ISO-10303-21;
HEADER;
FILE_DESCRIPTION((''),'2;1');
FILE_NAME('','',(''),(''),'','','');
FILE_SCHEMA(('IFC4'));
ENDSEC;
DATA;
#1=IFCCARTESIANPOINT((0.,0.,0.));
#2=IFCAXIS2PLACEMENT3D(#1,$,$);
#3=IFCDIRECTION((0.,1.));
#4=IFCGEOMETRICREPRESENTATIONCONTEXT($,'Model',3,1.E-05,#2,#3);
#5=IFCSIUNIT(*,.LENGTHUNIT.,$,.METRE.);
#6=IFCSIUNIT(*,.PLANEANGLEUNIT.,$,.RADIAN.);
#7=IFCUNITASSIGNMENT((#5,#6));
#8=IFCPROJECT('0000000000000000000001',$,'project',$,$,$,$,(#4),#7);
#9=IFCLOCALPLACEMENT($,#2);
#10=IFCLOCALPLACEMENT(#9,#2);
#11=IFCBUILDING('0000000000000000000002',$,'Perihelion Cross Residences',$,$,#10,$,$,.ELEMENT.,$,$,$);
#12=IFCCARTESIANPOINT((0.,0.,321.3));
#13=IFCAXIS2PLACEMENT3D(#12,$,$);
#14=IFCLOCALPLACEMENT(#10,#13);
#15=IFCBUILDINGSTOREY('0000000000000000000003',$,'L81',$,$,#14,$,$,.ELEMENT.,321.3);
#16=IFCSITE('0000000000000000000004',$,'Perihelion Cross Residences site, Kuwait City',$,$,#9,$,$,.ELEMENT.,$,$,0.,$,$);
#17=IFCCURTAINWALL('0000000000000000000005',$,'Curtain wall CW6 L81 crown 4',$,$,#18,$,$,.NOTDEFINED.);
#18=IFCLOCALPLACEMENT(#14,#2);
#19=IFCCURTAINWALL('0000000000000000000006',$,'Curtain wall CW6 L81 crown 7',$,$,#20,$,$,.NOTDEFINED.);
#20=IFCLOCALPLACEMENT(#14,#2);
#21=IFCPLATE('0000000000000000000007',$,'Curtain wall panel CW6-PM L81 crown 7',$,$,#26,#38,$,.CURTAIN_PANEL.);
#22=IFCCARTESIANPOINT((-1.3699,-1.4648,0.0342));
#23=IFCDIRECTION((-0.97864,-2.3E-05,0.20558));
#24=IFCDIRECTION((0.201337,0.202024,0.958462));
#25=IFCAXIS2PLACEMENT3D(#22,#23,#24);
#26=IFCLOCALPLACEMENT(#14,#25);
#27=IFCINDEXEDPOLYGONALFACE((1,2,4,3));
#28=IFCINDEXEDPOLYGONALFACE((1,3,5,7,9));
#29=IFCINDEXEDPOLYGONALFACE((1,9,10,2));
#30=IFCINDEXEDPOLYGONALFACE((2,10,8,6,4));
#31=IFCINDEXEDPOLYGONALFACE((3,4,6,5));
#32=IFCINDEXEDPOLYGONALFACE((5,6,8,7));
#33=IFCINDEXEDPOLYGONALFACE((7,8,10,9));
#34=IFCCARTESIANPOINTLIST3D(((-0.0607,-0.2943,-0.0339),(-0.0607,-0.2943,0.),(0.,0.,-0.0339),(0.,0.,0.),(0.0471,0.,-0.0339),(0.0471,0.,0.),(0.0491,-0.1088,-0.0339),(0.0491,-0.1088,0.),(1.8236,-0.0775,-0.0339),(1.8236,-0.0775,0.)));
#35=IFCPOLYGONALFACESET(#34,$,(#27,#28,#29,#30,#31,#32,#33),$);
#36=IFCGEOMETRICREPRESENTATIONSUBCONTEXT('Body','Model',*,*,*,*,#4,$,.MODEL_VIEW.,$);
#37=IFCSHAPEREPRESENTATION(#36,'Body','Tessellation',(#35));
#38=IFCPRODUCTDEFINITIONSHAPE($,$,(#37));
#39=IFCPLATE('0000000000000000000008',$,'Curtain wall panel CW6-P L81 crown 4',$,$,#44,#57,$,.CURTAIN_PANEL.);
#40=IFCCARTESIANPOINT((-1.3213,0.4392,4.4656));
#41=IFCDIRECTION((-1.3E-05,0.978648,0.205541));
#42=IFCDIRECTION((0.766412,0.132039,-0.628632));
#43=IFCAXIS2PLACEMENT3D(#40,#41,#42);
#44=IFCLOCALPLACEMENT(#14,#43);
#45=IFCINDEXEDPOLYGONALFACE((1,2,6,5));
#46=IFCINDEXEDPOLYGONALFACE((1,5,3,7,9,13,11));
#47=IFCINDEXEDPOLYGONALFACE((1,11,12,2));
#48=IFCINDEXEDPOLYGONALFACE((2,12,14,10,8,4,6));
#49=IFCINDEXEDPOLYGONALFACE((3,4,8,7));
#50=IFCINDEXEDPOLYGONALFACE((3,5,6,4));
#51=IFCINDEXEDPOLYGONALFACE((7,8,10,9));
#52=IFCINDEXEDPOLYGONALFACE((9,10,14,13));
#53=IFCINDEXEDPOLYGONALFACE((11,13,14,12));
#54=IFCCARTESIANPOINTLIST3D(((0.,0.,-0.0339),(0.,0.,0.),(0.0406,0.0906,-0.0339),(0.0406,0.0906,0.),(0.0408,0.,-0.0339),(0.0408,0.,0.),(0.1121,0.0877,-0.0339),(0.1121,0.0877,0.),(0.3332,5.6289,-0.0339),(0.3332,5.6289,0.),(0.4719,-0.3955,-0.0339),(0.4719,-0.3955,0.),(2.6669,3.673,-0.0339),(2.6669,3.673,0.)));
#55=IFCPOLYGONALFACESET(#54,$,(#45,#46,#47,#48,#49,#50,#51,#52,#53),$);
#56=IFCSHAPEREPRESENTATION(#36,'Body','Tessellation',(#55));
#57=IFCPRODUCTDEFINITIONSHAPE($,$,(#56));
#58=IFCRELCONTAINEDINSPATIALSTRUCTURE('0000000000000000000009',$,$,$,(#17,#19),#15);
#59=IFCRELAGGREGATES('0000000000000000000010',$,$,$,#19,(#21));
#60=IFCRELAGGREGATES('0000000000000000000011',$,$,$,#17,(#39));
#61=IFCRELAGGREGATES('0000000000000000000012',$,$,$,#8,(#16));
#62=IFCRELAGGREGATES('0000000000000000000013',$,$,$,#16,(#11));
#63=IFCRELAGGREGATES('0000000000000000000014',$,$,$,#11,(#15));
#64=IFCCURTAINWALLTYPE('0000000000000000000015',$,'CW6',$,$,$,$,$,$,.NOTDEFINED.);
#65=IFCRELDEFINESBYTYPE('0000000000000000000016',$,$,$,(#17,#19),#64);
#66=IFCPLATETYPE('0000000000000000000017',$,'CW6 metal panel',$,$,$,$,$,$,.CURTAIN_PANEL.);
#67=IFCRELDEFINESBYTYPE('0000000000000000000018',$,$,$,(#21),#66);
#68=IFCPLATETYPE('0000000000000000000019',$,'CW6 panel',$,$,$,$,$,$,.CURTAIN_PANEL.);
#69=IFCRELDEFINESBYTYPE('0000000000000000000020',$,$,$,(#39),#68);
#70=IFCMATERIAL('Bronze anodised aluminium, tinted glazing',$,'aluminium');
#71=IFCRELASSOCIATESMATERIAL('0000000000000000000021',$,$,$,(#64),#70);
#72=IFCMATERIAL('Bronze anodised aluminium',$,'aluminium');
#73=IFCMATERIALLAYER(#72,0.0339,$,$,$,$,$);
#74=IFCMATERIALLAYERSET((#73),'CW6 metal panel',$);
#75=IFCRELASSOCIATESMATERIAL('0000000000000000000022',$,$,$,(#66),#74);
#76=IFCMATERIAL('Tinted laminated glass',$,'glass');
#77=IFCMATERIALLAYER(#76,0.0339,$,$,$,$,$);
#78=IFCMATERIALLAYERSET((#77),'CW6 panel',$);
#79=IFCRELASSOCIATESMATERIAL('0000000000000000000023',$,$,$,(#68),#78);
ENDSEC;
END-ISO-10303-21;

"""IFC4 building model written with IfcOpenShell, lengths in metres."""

from ifc_helpers import new_model, si_unit, direction, frame, origin, place, context, subcontext, project, spatial, polyline, outline, extrude, material, layer, layer_set, type_object, element, aggregate, save


model = new_model("IFC4")

# Units and contexts
model_context = context("Model", 3, precision=1e-05, world=origin(), true_north=direction((0.0, 1.0)))
body_context = subcontext(model_context, "Body", "Model", "MODEL_VIEW")
ifc_project = project(units=[si_unit("LENGTHUNIT", "METRE"), si_unit("PLANEANGLEUNIT", "RADIAN")], contexts=[model_context])

# Site, building, storey
site_placement = place(None, origin())
site = spatial("IfcSite", under=ifc_project, at=site_placement, Name="Perihelion Cross Residences site, Kuwait City", CompositionType="ELEMENT", RefElevation=0.0)
building_placement = place(site_placement, origin())
building = spatial("IfcBuilding", under=site, at=building_placement, Name="Perihelion Cross Residences", CompositionType="ELEMENT")
storey_placement = place(building_placement, frame((0.0, 0.0, 321.3)))
storey = spatial("IfcBuildingStorey", under=building, at=storey_placement, Name="L81", CompositionType="ELEMENT", Elevation=321.3)

# Curtain walls
ifc_material_1 = material(Name="Bronze anodised aluminium, tinted glazing", Category="aluminium")
curtain_wall_type = type_object("IfcCurtainWallType", Name="CW6", PredefinedType="NOTDEFINED", material=ifc_material_1)
curtain_wall_1_placement = place(storey_placement, origin())
curtain_wall_1 = element("IfcCurtainWall", 1, at=curtain_wall_1_placement, inside=storey, type_object=curtain_wall_type, Name="Curtain wall CW6 L81 crown 4", PredefinedType="NOTDEFINED")
curtain_wall_2_placement = place(storey_placement, origin())
curtain_wall_2 = element("IfcCurtainWall", 2, at=curtain_wall_2_placement, inside=storey, type_object=curtain_wall_type, Name="Curtain wall CW6 L81 crown 7", PredefinedType="NOTDEFINED")

# Plate
ifc_material_2 = material(Name="Bronze anodised aluminium", Category="aluminium")
ifc_layer_1 = layer(ifc_material_2, 0.0339)
ifc_layer_set_1 = layer_set([ifc_layer_1], Name="CW6 metal panel")
plate_type_1 = type_object("IfcPlateType", Name="CW6 metal panel", PredefinedType="CURTAIN_PANEL", material=ifc_layer_set_1)
plate_1_placement = place(storey_placement, frame((-1.3699, -1.4648, 0.0342), z_axis=(-0.97864, -0.000023, 0.20558), x_axis=(0.201337, 0.202024, 0.958462)))
plate_1 = element("IfcPlate", 3, at=plate_1_placement, type_object=plate_type_1, Name="Curtain wall panel CW6-PM L81 crown 7", PredefinedType="CURTAIN_PANEL", context=body_context, shape_type="SweptSolid", body=[
    extrude(outline(polyline([(0.0, 0.0), (0.0471, 0.0), (0.0491, -0.1088), (1.8236, -0.0775), (-0.0607, -0.2943), (0.0, 0.0)])), origin(), (0.0, 0.0, -1.0), 0.0339),
])
aggregate(curtain_wall_2, [plate_1])

# Shared definitions
ifc_material_3 = material(Name="Tinted laminated glass", Category="glass")
ifc_layer_2 = layer(ifc_material_3, 0.0339)
ifc_layer_set_2 = layer_set([ifc_layer_2], Name="CW6 panel")
plate_type_2 = type_object("IfcPlateType", Name="CW6 panel", PredefinedType="CURTAIN_PANEL", material=ifc_layer_set_2)

# Plate
plate_2_placement = place(storey_placement, frame((-1.3213, 0.4392, 4.4656), z_axis=(-0.000013, 0.978648, 0.205541), x_axis=(0.766412, 0.132039, -0.628632)))
plate_2 = element("IfcPlate", 4, at=plate_2_placement, type_object=plate_type_2, Name="Curtain wall panel CW6-P L81 crown 4", PredefinedType="CURTAIN_PANEL", context=body_context, shape_type="SweptSolid", body=[
    extrude(outline(polyline([(0.0, 0.0), (0.0408, 0.0), (0.0406, 0.0906), (0.1121, 0.0877), (0.3332, 5.6289), (2.6669, 3.673), (0.4719, -0.3955), (0.0, 0.0)])), origin(), (0.0, 0.0, -1.0), 0.0339),
])
aggregate(curtain_wall_1, [plate_2])

save(model, "model.ifc")
